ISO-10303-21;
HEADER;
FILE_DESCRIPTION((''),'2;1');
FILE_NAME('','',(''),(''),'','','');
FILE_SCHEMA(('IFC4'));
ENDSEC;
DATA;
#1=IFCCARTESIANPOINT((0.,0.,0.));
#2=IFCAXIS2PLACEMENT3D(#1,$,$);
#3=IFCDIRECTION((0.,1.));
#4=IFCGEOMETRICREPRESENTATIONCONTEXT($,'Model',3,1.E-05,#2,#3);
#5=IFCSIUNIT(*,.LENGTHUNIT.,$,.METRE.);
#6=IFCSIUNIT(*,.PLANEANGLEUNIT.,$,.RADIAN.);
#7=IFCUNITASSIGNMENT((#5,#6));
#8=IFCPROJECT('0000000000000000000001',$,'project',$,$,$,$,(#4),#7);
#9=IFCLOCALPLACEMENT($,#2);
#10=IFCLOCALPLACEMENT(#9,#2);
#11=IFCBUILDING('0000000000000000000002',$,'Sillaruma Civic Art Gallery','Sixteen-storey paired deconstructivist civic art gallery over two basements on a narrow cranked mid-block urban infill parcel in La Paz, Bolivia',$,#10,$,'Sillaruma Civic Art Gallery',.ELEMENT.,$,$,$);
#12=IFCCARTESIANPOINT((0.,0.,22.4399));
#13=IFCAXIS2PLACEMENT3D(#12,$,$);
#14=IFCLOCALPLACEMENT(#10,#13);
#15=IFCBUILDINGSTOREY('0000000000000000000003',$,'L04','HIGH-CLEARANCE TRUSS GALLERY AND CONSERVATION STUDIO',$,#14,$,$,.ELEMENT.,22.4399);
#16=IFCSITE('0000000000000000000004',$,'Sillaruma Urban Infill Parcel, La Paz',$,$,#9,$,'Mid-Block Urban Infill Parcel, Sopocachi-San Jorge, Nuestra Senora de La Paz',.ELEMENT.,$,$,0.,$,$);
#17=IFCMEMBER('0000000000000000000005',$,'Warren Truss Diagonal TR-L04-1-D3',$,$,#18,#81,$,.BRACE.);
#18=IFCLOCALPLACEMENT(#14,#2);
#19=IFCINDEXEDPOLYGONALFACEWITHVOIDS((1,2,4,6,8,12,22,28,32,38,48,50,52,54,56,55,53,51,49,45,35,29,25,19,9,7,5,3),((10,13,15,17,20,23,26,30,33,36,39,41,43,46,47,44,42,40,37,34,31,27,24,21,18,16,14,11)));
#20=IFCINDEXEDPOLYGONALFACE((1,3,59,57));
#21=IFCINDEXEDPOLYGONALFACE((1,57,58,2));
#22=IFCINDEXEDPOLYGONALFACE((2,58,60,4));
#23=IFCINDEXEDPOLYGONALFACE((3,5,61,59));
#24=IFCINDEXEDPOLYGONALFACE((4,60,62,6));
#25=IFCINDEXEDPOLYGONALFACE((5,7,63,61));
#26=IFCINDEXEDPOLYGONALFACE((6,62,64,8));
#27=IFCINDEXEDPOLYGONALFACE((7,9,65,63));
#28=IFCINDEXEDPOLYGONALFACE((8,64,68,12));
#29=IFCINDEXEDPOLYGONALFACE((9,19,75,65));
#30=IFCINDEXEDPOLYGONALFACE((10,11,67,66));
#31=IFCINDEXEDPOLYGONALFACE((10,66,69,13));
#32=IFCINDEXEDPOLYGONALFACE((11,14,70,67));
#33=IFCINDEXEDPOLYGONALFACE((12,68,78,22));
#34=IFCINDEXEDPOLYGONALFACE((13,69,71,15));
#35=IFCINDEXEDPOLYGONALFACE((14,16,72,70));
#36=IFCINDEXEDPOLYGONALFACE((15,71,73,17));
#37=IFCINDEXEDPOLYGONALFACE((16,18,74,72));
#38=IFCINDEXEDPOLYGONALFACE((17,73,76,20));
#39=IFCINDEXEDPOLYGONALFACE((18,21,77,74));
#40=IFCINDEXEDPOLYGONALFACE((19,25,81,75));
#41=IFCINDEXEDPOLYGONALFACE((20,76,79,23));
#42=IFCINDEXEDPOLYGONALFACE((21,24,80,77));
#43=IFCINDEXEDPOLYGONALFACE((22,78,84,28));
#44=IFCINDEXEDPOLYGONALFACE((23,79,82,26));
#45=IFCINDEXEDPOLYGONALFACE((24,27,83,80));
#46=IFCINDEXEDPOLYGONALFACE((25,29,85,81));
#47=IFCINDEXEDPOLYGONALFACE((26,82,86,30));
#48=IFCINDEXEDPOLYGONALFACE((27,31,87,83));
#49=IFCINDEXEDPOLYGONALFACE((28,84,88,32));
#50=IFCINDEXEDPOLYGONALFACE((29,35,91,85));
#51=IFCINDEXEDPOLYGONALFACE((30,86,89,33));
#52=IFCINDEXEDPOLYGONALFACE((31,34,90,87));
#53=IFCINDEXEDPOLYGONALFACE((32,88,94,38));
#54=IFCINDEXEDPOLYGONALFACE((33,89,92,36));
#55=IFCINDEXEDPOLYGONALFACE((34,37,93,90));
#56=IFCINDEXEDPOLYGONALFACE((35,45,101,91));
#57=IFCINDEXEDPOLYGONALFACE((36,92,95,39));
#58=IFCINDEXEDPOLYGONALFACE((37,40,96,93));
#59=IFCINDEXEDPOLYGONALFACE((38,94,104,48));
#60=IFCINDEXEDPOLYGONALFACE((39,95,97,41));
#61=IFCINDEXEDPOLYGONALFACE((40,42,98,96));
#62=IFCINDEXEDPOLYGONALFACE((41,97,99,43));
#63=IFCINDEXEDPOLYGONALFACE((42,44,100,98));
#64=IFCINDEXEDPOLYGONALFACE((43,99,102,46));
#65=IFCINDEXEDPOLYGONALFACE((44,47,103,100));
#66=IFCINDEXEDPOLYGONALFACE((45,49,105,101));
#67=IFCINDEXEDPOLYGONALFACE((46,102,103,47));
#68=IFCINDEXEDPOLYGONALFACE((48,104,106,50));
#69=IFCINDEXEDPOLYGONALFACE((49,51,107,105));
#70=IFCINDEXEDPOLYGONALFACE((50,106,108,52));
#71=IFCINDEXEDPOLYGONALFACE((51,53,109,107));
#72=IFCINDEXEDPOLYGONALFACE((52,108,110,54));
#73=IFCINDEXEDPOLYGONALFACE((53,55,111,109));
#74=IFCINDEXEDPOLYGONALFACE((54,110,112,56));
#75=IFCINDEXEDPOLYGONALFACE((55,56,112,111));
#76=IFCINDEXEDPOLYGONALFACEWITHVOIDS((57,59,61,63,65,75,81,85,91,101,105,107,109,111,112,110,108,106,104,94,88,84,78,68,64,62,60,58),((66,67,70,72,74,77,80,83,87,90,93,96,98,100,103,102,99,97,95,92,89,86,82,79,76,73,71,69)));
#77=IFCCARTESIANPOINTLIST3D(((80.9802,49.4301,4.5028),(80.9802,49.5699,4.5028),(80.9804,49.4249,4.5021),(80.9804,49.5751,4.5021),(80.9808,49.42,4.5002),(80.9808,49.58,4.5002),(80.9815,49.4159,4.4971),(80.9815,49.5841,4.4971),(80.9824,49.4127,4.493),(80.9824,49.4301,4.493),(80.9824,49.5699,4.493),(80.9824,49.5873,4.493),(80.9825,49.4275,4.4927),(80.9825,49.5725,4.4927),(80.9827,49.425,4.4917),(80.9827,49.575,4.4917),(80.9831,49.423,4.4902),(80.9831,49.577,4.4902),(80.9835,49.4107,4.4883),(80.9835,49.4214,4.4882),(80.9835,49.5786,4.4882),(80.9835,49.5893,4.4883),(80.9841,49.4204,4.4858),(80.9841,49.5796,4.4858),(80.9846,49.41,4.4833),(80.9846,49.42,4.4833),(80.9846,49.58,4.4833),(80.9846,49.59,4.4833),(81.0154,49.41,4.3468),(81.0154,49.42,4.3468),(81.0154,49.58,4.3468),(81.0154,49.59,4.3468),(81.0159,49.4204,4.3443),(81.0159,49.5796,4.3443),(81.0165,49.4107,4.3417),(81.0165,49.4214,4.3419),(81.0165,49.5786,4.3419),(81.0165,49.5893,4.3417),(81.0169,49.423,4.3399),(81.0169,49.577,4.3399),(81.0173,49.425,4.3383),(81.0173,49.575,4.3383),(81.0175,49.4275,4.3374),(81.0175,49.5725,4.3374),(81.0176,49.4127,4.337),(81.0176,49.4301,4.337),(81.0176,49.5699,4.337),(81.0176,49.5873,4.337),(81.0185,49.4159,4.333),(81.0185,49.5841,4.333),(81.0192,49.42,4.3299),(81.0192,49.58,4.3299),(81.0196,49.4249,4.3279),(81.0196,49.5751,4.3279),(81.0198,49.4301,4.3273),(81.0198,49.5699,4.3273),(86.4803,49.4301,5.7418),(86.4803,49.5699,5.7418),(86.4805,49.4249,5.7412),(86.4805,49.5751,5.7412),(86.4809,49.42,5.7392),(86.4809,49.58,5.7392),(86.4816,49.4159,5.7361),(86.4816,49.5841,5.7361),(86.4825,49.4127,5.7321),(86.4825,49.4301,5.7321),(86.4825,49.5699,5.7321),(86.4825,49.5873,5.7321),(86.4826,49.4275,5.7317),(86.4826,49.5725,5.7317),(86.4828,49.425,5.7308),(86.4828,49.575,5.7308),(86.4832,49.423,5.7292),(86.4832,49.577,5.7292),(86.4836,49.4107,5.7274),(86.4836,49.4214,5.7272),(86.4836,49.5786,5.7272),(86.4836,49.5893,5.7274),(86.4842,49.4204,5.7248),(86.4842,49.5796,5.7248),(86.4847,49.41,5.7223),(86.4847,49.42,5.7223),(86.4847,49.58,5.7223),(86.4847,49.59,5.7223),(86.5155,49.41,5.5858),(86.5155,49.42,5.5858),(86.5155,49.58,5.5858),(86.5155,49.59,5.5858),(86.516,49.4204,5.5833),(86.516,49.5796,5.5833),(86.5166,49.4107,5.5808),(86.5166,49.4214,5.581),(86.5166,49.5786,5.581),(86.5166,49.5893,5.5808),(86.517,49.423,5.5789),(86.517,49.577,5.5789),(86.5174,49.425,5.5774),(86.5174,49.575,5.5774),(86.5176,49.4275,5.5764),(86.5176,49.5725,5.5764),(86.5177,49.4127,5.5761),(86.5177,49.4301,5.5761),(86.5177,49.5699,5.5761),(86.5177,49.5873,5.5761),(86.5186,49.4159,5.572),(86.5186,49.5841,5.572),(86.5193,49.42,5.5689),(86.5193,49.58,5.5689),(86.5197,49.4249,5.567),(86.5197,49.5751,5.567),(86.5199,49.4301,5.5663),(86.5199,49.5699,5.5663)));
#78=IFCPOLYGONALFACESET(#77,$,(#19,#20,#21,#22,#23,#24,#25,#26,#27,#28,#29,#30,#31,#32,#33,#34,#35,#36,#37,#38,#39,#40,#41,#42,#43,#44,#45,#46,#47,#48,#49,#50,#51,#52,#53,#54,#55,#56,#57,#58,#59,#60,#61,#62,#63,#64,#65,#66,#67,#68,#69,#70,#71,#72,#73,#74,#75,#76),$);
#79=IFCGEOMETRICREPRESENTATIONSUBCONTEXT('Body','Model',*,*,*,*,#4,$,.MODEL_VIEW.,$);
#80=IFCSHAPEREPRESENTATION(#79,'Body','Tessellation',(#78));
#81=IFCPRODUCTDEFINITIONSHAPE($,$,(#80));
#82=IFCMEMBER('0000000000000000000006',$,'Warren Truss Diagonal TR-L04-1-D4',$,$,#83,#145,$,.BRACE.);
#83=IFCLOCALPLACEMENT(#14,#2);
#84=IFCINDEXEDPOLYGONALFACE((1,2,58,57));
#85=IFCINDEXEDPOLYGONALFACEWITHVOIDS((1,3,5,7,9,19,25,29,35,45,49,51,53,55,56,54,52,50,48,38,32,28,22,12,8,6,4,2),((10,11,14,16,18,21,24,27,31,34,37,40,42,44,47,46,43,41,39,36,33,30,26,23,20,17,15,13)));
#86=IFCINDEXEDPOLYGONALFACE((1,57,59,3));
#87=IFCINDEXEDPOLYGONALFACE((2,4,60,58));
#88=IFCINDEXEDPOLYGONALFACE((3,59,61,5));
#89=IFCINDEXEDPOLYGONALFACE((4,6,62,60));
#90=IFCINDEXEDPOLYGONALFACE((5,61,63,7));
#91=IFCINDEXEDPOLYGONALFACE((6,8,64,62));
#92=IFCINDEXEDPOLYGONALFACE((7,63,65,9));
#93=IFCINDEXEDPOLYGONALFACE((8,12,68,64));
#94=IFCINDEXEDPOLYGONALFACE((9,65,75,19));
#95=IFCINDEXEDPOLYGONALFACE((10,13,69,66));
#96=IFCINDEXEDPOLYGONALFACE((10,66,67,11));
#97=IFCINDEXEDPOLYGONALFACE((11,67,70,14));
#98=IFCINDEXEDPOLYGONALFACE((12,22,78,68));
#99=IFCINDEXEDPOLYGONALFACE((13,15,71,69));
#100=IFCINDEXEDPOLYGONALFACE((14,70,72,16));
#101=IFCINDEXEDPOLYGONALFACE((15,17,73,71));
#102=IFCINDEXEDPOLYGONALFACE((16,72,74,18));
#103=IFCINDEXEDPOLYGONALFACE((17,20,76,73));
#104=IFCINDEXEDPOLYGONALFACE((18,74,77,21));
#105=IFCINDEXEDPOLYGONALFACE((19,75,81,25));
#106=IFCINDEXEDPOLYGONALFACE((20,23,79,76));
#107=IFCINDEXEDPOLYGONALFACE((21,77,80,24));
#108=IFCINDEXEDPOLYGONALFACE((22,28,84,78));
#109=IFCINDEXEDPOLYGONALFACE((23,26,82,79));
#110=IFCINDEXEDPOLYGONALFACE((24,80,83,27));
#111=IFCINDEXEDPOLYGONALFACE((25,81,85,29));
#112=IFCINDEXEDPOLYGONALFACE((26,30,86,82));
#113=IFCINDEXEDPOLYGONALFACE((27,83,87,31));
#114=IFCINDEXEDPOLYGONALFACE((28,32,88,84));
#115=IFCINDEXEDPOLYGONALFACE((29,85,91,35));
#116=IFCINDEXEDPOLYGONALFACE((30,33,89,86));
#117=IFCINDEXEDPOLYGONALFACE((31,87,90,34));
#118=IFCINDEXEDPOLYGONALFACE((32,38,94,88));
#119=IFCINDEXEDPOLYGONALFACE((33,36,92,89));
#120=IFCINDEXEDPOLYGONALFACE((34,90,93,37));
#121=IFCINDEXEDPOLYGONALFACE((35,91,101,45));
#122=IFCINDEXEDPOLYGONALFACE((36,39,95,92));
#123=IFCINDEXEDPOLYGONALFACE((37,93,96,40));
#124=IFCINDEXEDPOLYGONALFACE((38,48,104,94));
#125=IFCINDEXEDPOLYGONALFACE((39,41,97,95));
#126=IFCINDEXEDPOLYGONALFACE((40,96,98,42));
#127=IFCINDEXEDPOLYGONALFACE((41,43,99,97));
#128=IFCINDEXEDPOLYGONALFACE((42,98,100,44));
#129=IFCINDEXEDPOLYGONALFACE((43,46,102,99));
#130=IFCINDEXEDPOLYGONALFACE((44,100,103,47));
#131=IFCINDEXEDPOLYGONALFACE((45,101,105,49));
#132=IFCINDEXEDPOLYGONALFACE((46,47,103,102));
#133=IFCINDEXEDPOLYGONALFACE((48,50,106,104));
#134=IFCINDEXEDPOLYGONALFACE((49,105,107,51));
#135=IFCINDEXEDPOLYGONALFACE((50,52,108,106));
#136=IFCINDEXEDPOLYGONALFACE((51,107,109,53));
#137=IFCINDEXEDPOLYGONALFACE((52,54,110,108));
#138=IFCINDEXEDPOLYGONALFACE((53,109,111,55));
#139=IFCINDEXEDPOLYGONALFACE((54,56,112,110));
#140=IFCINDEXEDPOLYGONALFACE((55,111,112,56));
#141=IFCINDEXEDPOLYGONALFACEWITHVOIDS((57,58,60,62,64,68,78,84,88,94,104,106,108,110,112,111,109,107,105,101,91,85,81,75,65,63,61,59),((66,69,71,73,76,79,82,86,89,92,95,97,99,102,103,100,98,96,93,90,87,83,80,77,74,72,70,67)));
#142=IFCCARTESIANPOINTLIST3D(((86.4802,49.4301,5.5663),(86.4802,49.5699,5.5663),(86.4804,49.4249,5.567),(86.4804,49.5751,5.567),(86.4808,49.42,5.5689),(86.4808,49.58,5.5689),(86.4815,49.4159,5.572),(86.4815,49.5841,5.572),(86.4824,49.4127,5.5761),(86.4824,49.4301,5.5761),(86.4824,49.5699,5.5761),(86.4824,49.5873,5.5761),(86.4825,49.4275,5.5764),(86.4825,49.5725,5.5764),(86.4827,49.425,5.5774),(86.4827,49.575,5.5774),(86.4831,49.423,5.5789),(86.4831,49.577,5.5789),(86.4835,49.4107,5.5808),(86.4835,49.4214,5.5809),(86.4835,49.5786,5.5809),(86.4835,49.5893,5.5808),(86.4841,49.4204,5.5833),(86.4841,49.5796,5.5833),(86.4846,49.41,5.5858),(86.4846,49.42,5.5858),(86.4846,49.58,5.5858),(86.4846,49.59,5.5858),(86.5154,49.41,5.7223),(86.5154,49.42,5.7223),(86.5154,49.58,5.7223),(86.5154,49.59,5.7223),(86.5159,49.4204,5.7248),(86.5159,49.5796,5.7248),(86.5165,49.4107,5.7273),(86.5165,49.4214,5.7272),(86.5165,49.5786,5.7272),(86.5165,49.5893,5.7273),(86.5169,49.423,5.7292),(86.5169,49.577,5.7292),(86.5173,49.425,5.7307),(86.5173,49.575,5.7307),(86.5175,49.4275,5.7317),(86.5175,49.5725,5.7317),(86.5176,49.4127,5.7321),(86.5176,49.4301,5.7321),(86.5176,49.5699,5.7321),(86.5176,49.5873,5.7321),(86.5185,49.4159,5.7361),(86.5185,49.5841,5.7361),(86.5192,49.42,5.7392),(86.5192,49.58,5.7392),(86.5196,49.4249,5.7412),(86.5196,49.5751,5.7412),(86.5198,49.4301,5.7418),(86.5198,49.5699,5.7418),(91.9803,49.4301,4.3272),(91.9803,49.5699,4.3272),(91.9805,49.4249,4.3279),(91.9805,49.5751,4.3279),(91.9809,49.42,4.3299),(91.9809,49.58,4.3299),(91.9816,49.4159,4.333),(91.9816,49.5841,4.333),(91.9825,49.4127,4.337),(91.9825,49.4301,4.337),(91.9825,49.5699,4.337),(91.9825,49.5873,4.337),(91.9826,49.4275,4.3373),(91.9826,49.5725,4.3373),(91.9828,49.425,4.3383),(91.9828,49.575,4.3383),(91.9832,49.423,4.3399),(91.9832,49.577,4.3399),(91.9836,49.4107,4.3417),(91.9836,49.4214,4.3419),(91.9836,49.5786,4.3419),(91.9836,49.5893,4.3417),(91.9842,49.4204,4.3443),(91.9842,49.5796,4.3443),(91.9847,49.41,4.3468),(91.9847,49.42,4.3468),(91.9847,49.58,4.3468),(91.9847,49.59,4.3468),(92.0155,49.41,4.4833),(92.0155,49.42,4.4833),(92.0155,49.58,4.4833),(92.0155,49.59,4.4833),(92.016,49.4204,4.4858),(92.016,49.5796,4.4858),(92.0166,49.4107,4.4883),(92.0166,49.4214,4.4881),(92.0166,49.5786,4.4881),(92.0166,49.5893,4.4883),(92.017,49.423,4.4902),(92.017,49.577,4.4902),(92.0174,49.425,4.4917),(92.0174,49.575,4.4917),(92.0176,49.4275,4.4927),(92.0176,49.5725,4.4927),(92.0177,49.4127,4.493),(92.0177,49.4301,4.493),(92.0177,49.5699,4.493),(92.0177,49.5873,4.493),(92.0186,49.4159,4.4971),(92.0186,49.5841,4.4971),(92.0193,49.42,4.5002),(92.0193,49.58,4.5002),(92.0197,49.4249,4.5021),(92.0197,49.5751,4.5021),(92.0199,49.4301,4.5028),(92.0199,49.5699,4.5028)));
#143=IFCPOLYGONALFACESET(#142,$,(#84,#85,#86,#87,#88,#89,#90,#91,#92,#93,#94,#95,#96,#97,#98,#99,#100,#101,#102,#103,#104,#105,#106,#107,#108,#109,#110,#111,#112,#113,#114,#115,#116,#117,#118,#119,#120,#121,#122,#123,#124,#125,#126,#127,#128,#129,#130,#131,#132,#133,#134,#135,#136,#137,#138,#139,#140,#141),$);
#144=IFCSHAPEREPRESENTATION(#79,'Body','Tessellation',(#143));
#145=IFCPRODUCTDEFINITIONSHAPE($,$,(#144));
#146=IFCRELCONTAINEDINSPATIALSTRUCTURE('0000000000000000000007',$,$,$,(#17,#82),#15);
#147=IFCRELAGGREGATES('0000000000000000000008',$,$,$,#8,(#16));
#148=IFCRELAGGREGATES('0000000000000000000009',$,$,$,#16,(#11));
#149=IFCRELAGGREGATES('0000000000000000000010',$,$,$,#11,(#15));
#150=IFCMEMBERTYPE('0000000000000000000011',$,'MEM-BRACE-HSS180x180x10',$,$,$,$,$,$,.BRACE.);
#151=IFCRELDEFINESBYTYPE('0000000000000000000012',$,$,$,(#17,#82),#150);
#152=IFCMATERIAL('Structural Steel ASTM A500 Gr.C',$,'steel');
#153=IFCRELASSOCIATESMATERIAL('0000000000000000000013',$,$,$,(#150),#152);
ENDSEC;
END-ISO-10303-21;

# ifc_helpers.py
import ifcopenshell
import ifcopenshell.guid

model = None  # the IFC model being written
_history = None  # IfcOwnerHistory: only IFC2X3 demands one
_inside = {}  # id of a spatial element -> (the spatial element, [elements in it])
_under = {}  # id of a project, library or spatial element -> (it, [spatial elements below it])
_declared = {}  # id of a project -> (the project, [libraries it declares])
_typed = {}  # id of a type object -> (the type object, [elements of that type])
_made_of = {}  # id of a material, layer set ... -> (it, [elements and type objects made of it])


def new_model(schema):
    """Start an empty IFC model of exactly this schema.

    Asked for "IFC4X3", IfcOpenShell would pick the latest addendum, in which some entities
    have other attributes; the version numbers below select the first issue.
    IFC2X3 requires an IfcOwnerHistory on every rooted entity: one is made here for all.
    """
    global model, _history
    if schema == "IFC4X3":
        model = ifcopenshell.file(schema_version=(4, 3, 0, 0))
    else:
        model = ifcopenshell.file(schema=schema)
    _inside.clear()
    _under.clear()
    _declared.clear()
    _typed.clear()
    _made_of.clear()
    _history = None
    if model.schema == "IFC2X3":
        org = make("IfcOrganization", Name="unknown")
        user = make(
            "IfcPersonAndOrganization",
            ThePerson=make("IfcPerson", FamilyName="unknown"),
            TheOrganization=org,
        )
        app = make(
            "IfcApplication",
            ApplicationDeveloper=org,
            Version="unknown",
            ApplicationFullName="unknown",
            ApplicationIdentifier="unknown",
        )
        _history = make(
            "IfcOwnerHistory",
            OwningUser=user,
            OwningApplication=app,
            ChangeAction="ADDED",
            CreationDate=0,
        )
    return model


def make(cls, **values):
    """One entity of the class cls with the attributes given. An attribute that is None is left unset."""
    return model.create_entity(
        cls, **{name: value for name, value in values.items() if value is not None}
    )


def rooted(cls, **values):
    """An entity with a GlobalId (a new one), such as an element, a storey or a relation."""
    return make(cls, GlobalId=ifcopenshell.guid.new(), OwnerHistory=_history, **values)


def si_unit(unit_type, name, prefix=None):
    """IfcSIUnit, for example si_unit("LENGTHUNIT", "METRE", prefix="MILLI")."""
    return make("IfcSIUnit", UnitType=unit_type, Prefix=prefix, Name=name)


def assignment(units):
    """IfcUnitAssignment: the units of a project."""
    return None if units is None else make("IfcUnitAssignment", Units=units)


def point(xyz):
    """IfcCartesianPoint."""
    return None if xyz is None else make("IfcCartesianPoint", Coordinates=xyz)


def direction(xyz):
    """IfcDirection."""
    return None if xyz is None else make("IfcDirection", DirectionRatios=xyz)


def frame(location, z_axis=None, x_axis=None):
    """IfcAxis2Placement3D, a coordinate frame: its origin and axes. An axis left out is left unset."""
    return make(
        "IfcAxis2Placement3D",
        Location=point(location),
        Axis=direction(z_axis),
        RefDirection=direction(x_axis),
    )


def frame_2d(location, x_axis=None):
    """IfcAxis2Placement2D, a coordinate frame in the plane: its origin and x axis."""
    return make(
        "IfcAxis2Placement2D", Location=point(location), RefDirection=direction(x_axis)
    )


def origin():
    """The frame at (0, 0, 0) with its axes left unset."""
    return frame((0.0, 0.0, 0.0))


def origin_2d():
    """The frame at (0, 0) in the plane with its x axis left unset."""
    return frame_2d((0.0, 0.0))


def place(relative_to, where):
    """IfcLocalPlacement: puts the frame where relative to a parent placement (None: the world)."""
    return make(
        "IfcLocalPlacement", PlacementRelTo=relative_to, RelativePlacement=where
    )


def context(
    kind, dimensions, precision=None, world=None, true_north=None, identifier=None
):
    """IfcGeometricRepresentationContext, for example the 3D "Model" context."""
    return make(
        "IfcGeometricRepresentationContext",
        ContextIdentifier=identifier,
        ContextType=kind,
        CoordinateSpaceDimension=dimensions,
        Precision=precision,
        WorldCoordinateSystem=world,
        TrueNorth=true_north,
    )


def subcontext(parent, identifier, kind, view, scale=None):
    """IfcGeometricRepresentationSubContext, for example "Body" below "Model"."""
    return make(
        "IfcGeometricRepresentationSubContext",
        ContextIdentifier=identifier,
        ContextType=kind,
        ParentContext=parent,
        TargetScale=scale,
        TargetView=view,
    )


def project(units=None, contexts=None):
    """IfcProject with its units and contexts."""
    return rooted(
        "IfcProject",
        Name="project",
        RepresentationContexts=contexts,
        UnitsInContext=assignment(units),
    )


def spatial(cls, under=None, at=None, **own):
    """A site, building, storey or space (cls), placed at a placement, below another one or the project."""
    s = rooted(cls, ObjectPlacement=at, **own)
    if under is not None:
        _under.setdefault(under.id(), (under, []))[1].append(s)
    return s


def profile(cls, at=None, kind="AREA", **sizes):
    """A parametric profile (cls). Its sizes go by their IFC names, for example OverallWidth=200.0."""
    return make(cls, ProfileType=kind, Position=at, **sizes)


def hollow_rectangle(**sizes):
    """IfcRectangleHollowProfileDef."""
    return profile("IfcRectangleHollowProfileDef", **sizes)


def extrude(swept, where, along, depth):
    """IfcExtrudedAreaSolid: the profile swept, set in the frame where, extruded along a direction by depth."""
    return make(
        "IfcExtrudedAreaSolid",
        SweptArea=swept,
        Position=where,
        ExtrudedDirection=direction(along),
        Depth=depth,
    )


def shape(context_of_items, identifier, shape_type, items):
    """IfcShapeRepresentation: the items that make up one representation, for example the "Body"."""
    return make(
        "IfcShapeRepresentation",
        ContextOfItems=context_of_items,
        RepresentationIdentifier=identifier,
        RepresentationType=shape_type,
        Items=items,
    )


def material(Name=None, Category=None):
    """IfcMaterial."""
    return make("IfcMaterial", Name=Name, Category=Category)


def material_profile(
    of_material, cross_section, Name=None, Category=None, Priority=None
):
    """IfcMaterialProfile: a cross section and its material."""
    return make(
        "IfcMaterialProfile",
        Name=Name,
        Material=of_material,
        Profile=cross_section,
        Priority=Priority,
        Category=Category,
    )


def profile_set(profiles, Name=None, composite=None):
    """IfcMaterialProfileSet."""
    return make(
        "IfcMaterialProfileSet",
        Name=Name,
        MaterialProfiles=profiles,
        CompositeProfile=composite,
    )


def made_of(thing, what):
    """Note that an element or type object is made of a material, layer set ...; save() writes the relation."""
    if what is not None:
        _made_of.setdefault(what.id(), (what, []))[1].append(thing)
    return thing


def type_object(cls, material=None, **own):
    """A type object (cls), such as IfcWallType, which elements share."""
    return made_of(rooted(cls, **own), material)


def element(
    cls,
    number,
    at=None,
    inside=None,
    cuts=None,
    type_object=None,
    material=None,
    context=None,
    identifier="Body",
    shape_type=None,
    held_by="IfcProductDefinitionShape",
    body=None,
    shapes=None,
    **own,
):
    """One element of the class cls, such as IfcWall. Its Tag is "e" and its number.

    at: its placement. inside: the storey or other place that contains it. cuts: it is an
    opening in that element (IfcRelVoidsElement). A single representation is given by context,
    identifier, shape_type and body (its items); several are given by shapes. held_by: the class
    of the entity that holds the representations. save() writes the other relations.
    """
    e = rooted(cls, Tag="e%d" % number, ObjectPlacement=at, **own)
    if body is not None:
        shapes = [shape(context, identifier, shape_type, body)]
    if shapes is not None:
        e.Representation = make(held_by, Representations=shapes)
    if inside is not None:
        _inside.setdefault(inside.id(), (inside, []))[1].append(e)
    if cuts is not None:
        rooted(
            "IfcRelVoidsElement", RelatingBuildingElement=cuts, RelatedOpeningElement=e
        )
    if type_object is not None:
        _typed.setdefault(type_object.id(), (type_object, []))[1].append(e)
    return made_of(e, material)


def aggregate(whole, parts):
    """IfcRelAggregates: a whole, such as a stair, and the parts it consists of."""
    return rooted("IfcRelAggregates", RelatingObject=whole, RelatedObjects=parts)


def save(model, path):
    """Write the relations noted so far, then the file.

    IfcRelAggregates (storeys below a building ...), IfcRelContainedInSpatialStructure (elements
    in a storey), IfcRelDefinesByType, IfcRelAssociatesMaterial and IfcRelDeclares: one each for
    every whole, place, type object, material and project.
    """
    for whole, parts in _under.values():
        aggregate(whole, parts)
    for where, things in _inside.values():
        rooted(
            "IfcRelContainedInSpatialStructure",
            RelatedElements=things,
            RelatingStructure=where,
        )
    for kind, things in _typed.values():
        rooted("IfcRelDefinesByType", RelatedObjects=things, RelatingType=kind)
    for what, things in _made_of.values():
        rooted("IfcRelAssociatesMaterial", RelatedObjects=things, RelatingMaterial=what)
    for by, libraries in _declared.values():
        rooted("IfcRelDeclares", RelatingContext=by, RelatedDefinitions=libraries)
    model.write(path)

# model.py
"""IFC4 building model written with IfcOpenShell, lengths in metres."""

from ifc_helpers import new_model, si_unit, direction, frame, origin, origin_2d, place, context, subcontext, project, spatial, hollow_rectangle, extrude, material, material_profile, profile_set, type_object, element, save


model = new_model("IFC4")

# Units and contexts
model_context = context("Model", 3, precision=1e-05, world=origin(), true_north=direction((0.0, 1.0)))
body_context = subcontext(model_context, "Body", "Model", "MODEL_VIEW")
ifc_project = project(units=[si_unit("LENGTHUNIT", "METRE"), si_unit("PLANEANGLEUNIT", "RADIAN")], contexts=[model_context])

# Site, building, storey
site_placement = place(None, origin())
site = spatial("IfcSite", under=ifc_project, at=site_placement, Name="Sillaruma Urban Infill Parcel, La Paz", LongName="Mid-Block Urban Infill Parcel, Sopocachi-San Jorge, Nuestra Senora de La Paz", CompositionType="ELEMENT", RefElevation=0.0)
building_placement = place(site_placement, origin())
building = spatial("IfcBuilding", under=site, at=building_placement, Name="Sillaruma Civic Art Gallery", Description="Sixteen-storey paired deconstructivist civic art gallery over two basements on a narrow cranked mid-block urban infill parcel in La Paz, Bolivia", LongName="Sillaruma Civic Art Gallery", CompositionType="ELEMENT")
storey_placement = place(building_placement, frame((0.0, 0.0, 22.4399)))
storey = spatial("IfcBuildingStorey", under=building, at=storey_placement, Name="L04", Description="HIGH-CLEARANCE TRUSS GALLERY AND CONSERVATION STUDIO", CompositionType="ELEMENT", Elevation=22.4399)

# Members
ifc_material_1 = material(Name="Structural Steel ASTM A500 Gr.C", Category="steel")
ifc_material_profile_1 = material_profile(ifc_material_1, hollow_rectangle(XDim=0.1799, YDim=0.1799, WallThickness=0.01, InnerFilletRadius=0.01, OuterFilletRadius=0.02, at=origin_2d()), Name="HSS180x180x10")
ifc_profile_set_1 = profile_set([ifc_material_profile_1], Name="Structural Steel ASTM A500 Gr.C")
member_type_1 = type_object("IfcMemberType", Name="MEM-BRACE-HSS180x180x10", PredefinedType="BRACE", material=ifc_profile_set_1)
for number, where, z_axis, x_axis, name in (
    (1, (81.0, 49.5, 4.415), (0.975552, 0.0, 0.219768), (0.0, 1.0, 0.0), "Warren Truss Diagonal TR-L04-1-D3"),
    (2, (86.5, 49.5, 5.6541), (0.975552, 0.0, -0.219768), (0.0, 1.0, 0.0), "Warren Truss Diagonal TR-L04-1-D4"),
):
    element("IfcMember", number, at=place(storey_placement, frame(where, z_axis=z_axis, x_axis=x_axis)), inside=storey, type_object=member_type_1, Name=name, PredefinedType="BRACE", context=body_context, shape_type="SweptSolid", body=[
        extrude(hollow_rectangle(XDim=0.1799, YDim=0.1799, WallThickness=0.01, InnerFilletRadius=0.01, OuterFilletRadius=0.02, at=origin_2d()), origin(), (0.0, 0.0, 1.0), 5.6379),
    ])

save(model, "model.ifc")
